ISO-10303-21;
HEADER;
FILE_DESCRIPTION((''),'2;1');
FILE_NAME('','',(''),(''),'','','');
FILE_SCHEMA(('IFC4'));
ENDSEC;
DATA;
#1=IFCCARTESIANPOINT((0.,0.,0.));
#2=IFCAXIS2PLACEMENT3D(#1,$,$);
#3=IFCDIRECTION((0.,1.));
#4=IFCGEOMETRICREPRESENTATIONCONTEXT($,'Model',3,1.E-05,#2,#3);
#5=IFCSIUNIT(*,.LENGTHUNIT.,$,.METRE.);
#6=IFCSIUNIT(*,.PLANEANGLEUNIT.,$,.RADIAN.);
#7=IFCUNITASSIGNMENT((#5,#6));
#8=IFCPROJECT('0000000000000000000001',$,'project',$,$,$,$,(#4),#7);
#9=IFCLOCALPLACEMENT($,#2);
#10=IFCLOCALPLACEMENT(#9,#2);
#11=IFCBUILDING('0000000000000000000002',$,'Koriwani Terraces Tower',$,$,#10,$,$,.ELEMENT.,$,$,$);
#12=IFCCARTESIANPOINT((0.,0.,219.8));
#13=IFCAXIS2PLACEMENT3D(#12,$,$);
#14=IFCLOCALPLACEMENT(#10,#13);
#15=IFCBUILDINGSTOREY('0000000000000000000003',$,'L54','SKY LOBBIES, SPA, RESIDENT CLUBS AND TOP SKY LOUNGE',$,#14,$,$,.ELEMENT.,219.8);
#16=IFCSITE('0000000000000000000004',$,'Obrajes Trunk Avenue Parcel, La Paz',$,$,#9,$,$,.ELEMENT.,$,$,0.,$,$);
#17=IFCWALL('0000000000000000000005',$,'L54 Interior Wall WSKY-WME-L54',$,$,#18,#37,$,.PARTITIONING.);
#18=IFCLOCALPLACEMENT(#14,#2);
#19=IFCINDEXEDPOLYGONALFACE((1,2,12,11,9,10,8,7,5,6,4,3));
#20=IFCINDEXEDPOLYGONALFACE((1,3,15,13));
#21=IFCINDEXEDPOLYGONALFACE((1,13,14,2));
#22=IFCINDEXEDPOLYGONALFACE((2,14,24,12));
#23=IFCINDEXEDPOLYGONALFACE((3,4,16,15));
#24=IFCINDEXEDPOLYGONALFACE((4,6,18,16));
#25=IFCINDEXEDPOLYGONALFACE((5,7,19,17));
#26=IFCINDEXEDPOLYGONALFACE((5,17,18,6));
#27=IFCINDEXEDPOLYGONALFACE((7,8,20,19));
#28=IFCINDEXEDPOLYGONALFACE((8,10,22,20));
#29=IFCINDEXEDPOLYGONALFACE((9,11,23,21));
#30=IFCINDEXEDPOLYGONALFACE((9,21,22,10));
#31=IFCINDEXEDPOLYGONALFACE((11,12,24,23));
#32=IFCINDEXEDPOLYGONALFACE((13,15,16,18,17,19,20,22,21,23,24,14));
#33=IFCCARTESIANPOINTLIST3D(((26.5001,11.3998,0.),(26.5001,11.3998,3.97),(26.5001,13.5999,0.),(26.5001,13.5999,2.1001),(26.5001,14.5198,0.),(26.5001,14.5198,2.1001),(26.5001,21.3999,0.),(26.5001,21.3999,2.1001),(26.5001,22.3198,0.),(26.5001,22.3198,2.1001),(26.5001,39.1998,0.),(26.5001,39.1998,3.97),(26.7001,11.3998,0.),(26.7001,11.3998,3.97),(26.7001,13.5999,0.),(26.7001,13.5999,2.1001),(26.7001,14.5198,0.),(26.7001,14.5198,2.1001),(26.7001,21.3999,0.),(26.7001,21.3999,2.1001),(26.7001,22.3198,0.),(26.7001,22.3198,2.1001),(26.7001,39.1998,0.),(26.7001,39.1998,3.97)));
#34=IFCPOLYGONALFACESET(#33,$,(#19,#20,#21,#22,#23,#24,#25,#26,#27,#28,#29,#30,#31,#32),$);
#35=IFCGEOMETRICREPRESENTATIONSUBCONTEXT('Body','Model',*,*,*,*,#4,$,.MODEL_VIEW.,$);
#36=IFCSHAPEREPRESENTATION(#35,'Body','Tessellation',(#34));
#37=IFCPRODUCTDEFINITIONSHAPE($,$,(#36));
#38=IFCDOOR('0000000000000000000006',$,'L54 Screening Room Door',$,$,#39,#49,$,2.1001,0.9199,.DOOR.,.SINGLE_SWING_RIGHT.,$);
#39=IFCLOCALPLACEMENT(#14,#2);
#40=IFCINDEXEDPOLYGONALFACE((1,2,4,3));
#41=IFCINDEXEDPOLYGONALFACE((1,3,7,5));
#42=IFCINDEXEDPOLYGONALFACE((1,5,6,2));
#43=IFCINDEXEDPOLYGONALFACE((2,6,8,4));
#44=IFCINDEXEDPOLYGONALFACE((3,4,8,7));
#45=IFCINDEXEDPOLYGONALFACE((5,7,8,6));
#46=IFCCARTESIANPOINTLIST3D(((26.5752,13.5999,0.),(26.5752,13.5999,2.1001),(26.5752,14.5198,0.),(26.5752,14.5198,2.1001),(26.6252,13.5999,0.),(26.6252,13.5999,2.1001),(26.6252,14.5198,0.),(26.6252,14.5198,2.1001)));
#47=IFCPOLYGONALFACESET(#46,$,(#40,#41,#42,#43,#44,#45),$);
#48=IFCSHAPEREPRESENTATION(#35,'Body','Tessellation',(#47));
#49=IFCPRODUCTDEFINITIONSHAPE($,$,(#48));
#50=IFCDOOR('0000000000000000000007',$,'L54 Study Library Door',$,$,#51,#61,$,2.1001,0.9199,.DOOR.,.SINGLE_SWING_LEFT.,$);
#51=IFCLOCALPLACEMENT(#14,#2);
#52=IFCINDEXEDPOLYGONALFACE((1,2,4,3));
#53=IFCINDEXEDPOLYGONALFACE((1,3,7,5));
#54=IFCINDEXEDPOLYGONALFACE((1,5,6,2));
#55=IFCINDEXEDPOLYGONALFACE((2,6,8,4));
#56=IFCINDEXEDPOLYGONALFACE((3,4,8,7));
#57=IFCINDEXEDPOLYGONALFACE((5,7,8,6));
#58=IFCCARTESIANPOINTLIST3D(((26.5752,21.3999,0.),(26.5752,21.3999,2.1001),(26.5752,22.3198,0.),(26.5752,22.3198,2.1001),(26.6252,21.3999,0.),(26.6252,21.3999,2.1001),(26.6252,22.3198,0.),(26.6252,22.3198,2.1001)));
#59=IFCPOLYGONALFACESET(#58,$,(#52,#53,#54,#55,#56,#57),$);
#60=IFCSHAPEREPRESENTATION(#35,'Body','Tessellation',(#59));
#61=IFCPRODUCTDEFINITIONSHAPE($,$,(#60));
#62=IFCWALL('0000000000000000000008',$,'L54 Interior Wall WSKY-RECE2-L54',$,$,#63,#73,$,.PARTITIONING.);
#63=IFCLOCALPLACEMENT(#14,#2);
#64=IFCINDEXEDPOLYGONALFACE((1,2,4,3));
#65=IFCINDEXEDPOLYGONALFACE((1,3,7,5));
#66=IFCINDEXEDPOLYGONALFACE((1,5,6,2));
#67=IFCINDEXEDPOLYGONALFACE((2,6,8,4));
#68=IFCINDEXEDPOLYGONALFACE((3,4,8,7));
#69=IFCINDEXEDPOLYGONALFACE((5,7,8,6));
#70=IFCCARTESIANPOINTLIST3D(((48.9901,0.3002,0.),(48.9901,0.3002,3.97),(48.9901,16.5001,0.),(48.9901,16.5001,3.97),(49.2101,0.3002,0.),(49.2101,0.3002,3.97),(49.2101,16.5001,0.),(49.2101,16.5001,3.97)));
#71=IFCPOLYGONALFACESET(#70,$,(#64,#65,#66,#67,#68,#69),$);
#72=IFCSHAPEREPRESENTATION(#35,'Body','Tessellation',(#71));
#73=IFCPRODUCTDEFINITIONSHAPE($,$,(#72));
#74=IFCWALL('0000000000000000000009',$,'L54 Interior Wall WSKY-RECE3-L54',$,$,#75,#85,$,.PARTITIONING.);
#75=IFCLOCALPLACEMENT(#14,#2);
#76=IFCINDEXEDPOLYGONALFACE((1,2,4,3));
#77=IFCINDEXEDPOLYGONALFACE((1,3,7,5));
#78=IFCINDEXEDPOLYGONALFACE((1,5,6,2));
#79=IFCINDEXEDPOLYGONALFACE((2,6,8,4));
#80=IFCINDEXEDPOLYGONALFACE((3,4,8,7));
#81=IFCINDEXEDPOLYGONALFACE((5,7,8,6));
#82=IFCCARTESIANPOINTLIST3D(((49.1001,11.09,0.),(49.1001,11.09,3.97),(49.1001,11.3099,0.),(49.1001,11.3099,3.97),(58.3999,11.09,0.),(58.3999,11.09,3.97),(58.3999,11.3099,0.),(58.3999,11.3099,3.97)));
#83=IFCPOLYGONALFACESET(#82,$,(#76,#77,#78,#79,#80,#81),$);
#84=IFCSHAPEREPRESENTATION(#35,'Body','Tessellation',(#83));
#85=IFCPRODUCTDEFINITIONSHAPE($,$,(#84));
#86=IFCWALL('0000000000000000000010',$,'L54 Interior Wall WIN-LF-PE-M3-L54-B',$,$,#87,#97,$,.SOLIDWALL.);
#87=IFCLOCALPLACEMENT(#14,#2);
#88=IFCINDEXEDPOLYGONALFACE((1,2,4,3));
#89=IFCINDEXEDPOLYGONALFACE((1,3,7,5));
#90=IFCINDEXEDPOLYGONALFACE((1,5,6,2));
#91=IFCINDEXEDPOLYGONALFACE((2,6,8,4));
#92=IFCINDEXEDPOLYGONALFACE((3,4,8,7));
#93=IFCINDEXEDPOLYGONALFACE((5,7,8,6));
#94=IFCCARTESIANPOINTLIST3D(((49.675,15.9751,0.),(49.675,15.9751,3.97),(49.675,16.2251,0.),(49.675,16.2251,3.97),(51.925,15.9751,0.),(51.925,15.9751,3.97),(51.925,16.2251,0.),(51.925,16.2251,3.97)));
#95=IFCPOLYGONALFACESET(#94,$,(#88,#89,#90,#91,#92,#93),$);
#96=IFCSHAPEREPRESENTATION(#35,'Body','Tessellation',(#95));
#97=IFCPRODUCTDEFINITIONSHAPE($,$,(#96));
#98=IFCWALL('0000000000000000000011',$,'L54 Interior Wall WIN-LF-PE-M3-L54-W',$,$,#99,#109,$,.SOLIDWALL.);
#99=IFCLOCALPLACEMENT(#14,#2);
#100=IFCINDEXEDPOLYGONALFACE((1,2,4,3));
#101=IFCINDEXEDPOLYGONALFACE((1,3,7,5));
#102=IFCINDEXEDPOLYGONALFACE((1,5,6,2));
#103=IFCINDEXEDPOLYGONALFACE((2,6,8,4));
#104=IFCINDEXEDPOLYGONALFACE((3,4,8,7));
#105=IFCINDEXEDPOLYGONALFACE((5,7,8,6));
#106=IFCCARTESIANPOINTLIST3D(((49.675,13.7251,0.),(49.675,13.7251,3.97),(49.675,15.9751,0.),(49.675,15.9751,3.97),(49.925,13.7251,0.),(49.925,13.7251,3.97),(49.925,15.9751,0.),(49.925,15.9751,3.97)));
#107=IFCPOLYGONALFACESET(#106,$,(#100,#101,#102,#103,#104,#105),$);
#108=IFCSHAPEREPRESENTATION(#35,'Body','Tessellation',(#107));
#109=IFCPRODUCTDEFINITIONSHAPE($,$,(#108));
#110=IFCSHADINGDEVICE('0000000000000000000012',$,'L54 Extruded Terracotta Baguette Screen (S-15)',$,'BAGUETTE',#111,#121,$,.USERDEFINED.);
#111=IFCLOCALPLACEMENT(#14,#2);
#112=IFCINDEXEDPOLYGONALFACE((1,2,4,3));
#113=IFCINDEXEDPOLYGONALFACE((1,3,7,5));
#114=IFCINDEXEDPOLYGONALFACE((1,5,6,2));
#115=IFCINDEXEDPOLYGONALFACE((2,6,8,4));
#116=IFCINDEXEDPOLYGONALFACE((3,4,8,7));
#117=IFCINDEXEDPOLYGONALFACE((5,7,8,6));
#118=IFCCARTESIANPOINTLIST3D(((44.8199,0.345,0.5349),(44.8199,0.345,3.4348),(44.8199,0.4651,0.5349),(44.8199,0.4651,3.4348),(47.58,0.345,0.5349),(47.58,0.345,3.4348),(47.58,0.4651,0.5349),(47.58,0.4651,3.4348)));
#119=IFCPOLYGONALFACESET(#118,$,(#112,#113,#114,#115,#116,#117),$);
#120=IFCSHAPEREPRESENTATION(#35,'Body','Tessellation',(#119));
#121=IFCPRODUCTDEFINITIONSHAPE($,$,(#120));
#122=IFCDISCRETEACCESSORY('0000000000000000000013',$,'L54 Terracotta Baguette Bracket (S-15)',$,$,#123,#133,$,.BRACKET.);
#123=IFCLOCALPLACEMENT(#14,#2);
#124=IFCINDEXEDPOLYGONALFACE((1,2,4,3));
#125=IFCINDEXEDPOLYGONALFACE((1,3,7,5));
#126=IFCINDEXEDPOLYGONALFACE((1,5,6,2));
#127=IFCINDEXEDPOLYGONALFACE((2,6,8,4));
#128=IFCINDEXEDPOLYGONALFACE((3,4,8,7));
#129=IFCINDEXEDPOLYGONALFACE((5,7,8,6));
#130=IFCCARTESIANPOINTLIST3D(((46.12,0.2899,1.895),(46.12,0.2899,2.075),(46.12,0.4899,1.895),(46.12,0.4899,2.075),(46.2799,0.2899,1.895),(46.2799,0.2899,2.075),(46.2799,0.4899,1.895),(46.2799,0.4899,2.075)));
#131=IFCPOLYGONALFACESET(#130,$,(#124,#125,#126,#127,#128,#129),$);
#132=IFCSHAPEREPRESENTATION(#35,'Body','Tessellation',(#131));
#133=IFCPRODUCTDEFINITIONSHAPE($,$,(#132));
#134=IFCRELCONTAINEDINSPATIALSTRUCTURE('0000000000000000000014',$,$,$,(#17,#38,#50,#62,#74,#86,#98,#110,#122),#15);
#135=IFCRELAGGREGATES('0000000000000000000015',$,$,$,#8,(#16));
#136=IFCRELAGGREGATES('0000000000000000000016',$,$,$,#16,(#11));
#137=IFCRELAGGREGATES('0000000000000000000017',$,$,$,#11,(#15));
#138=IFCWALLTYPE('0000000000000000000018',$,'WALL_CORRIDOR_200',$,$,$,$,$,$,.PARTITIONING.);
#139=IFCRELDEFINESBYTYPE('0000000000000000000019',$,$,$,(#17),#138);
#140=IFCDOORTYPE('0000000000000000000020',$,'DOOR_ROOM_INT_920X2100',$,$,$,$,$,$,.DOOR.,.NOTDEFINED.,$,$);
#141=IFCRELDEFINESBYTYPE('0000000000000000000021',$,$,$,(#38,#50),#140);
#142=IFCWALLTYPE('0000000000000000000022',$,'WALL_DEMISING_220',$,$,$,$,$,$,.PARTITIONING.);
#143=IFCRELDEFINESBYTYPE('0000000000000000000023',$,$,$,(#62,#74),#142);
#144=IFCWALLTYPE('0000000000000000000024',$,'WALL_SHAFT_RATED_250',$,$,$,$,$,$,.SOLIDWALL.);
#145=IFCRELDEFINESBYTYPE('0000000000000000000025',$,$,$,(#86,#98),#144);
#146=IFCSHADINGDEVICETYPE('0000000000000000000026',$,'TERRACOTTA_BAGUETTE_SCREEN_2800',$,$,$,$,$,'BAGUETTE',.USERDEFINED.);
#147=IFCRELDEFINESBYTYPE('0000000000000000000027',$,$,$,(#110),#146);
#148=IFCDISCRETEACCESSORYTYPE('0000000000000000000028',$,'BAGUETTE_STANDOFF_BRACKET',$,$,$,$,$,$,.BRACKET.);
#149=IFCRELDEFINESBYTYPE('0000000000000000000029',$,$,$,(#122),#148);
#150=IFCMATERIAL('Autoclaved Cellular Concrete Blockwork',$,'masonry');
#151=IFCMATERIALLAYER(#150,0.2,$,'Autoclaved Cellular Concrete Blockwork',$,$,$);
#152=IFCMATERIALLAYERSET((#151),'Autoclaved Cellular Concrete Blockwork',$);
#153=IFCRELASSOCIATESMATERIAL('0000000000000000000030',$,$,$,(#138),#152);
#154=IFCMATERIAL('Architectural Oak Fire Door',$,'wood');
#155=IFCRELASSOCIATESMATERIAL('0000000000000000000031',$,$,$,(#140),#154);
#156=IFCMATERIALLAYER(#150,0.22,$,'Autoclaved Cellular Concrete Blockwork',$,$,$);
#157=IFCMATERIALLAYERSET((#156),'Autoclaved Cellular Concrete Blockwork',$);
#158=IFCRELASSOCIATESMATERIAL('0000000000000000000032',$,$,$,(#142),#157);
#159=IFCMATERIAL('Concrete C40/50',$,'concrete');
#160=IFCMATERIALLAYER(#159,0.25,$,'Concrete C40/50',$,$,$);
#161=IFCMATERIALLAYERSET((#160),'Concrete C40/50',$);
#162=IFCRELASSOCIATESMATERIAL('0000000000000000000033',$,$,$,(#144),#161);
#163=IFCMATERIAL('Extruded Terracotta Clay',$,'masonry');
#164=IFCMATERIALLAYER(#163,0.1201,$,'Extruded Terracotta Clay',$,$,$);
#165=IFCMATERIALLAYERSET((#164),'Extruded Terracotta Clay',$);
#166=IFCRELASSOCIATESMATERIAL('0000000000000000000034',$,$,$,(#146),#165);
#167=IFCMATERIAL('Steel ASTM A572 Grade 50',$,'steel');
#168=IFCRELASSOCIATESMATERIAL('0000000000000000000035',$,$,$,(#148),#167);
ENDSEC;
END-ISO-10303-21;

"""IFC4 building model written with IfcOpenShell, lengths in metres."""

from ifc_helpers import new_model, si_unit, direction, frame, frame_2d, origin, origin_2d, place, context, subcontext, project, spatial, rectangle, extrude, material, layer, layer_set, type_object, element, fill, save


model = new_model("IFC4")

# Units and contexts
model_context = context("Model", 3, precision=1e-05, world=origin(), true_north=direction((0.0, 1.0)))
body_context = subcontext(model_context, "Body", "Model", "MODEL_VIEW")
ifc_project = project(units=[si_unit("LENGTHUNIT", "METRE"), si_unit("PLANEANGLEUNIT", "RADIAN")], contexts=[model_context])

# Site, building, storey
site_placement = place(None, origin())
site = spatial("IfcSite", under=ifc_project, at=site_placement, Name="Obrajes Trunk Avenue Parcel, La Paz", CompositionType="ELEMENT", RefElevation=0.0)
building_placement = place(site_placement, origin())
building = spatial("IfcBuilding", under=site, at=building_placement, Name="Koriwani Terraces Tower", CompositionType="ELEMENT")
storey_placement = place(building_placement, frame((0.0, 0.0, 219.8)))
storey = spatial("IfcBuildingStorey", under=building, at=storey_placement, Name="L54", Description="SKY LOBBIES, SPA, RESIDENT CLUBS AND TOP SKY LOUNGE", CompositionType="ELEMENT", Elevation=219.8)

# Shared definitions
ifc_material_1 = material(Name="Concrete C40/50", Category="concrete")
ifc_material_2 = material(Name="Steel ASTM A572 Grade 50", Category="steel")

# Shared definitions
ifc_material_3 = material(Name="Autoclaved Cellular Concrete Blockwork", Category="masonry")
ifc_layer_1 = layer(ifc_material_3, 0.2, Name="Autoclaved Cellular Concrete Blockwork")
ifc_layer_set_1 = layer_set([ifc_layer_1], Name="Autoclaved Cellular Concrete Blockwork")
wall_type_1 = type_object("IfcWallType", Name="WALL_CORRIDOR_200", PredefinedType="PARTITIONING", material=ifc_layer_set_1)
ifc_material_4 = material(Name="Architectural Oak Fire Door", Category="wood")
door_type_1 = type_object("IfcDoorType", Name="DOOR_ROOM_INT_920X2100", OperationType="NOTDEFINED", PredefinedType="DOOR", material=ifc_material_4)

# Wall, openings, doors
wall_1_placement = place(storey_placement, frame((26.6001, 11.3999, 0.0), z_axis=(0.0, 0.0, 1.0), x_axis=(0.0, 1.0, 0.0)))
wall_1 = element("IfcWall", 1, at=wall_1_placement, inside=storey, type_object=wall_type_1, Name="L54 Interior Wall WSKY-WME-L54", PredefinedType="PARTITIONING", context=body_context, shape_type="SweptSolid", body=[
    extrude(rectangle(XDim=27.8, YDim=0.2, at=frame_2d((13.8999, 0.0))), origin(), (0.0, 0.0, 1.0), 3.97),
])
opening_1_placement = place(wall_1_placement, frame((2.2, 0.0, 0.0)))
opening_1 = element("IfcOpeningElement", 2, at=opening_1_placement, cuts=wall_1, PredefinedType="OPENING", context=body_context, shape_type="SweptSolid", body=[
    extrude(rectangle(XDim=0.9199, YDim=2.1001, at=frame_2d((0.46, 1.05))), frame((0.0, 0.1099, 0.0), z_axis=(0.0, -1.0, 0.0), x_axis=(1.0, 0.0, 0.0)), (0.0, 0.0, 1.0), 0.22),
])
opening_2_placement = place(wall_1_placement, frame((10.0, 0.0, 0.0)))
opening_2 = element("IfcOpeningElement", 3, at=opening_2_placement, cuts=wall_1, PredefinedType="OPENING", context=body_context, shape_type="SweptSolid", body=[
    extrude(rectangle(XDim=0.9199, YDim=2.1001, at=frame_2d((0.46, 1.05))), frame((0.0, 0.1099, 0.0), z_axis=(0.0, -1.0, 0.0), x_axis=(1.0, 0.0, 0.0)), (0.0, 0.0, 1.0), 0.22),
])
door_1_placement = place(opening_1_placement, origin())
door_1 = element("IfcDoor", 4, at=door_1_placement, inside=storey, type_object=door_type_1, Name="L54 Screening Room Door", OperationType="SINGLE_SWING_RIGHT", OverallHeight=2.1001, OverallWidth=0.9199, PredefinedType="DOOR", context=body_context, shape_type="SweptSolid", body=[
    extrude(rectangle(XDim=0.9199, YDim=2.1001, at=frame_2d((0.46, 1.05))), frame((0.0, 0.0249, 0.0), z_axis=(0.0, -1.0, 0.0), x_axis=(1.0, 0.0, 0.0)), (0.0, 0.0, 1.0), 0.05),
])
fill(opening_1, door_1)
door_2_placement = place(opening_2_placement, origin())
door_2 = element("IfcDoor", 5, at=door_2_placement, inside=storey, type_object=door_type_1, Name="L54 Study Library Door", OperationType="SINGLE_SWING_LEFT", OverallHeight=2.1001, OverallWidth=0.9199, PredefinedType="DOOR", context=body_context, shape_type="SweptSolid", body=[
    extrude(rectangle(XDim=0.9199, YDim=2.1001, at=frame_2d((0.46, 1.05))), frame((0.0, 0.0249, 0.0), z_axis=(0.0, -1.0, 0.0), x_axis=(1.0, 0.0, 0.0)), (0.0, 0.0, 1.0), 0.05),
])
fill(opening_2, door_2)

# Walls
ifc_layer_2 = layer(ifc_material_3, 0.22, Name="Autoclaved Cellular Concrete Blockwork")
ifc_layer_set_2 = layer_set([ifc_layer_2], Name="Autoclaved Cellular Concrete Blockwork")
wall_type_2 = type_object("IfcWallType", Name="WALL_DEMISING_220", PredefinedType="PARTITIONING", material=ifc_layer_set_2)
wall_2_placement = place(storey_placement, frame((49.1001, 0.3, 0.0), z_axis=(0.0, 0.0, 1.0), x_axis=(0.0, 1.0, 0.0)))
element("IfcWall", 6, at=wall_2_placement, inside=storey, type_object=wall_type_2, Name="L54 Interior Wall WSKY-RECE2-L54", PredefinedType="PARTITIONING", context=body_context, shape_type="SweptSolid", body=[
    extrude(rectangle(XDim=16.2, YDim=0.22, at=frame_2d((8.1001, 0.0))), origin(), (0.0, 0.0, 1.0), 3.97),
])
wall_3_placement = place(storey_placement, frame((49.1001, 11.2, 0.0), z_axis=(0.0, 0.0, 1.0), x_axis=(1.0, 0.0, 0.0)))
element("IfcWall", 7, at=wall_3_placement, inside=storey, type_object=wall_type_2, Name="L54 Interior Wall WSKY-RECE3-L54", PredefinedType="PARTITIONING", context=body_context, shape_type="SweptSolid", body=[
    extrude(rectangle(XDim=9.2998, YDim=0.22, at=frame_2d((4.6499, 0.0))), origin(), (0.0, 0.0, 1.0), 3.97),
])

# Shared definitions
ifc_layer_3 = layer(ifc_material_1, 0.25, Name="Concrete C40/50")
ifc_layer_set_3 = layer_set([ifc_layer_3], Name="Concrete C40/50")
wall_type_3 = type_object("IfcWallType", Name="WALL_SHAFT_RATED_250", PredefinedType="SOLIDWALL", material=ifc_layer_set_3)

# Walls
for number, where, z_axis, x_axis, name in (
    (8, (49.675, 16.1001, 0.0), (0.0, 0.0, 1.0), (1.0, 0.0, 0.0), "L54 Interior Wall WIN-LF-PE-M3-L54-B"),
    (9, (49.8, 13.7251, 0.0), (0.0, 0.0, 1.0), (0.0, 1.0, 0.0), "L54 Interior Wall WIN-LF-PE-M3-L54-W"),
):
    element("IfcWall", number, at=place(storey_placement, frame(where, z_axis=z_axis, x_axis=x_axis)), inside=storey, type_object=wall_type_3, Name=name, PredefinedType="SOLIDWALL", context=body_context, shape_type="SweptSolid", body=[
        extrude(rectangle(XDim=2.25, YDim=0.25, at=frame_2d((1.125, 0.0))), origin(), (0.0, 0.0, 1.0), 3.97),
    ])

# Shading device
ifc_material_5 = material(Name="Extruded Terracotta Clay", Category="masonry")
ifc_layer_4 = layer(ifc_material_5, 0.1201, Name="Extruded Terracotta Clay")
ifc_layer_set_4 = layer_set([ifc_layer_4], Name="Extruded Terracotta Clay")
shading_device_type = type_object("IfcShadingDeviceType", Name="TERRACOTTA_BAGUETTE_SCREEN_2800", ElementType="BAGUETTE", PredefinedType="USERDEFINED", material=ifc_layer_set_4)
shading_device_placement = place(storey_placement, frame((46.2, 0.405, 0.5349), z_axis=(0.0, 0.0, 1.0), x_axis=(-1.0, 0.0, 0.0)))
element("IfcShadingDevice", 10, at=shading_device_placement, inside=storey, type_object=shading_device_type, Name="L54 Extruded Terracotta Baguette Screen (S-15)", ObjectType="BAGUETTE", PredefinedType="USERDEFINED", context=body_context, shape_type="SweptSolid", body=[
    extrude(rectangle(XDim=2.76, YDim=0.1201, at=origin_2d()), origin(), (0.0, 0.0, 1.0), 2.8999),
])

# Discrete accessory
discrete_accessory_type = type_object("IfcDiscreteAccessoryType", Name="BAGUETTE_STANDOFF_BRACKET", PredefinedType="BRACKET", material=ifc_material_2)
discrete_accessory_placement = place(storey_placement, frame((46.2, 0.3899, 1.895), z_axis=(0.0, 0.0, 1.0), x_axis=(-1.0, 0.0, 0.0)))
element("IfcDiscreteAccessory", 11, at=discrete_accessory_placement, inside=storey, type_object=discrete_accessory_type, Name="L54 Terracotta Baguette Bracket (S-15)", PredefinedType="BRACKET", context=body_context, shape_type="SweptSolid", body=[
    extrude(rectangle(XDim=0.1599, YDim=0.2, at=origin_2d()), origin(), (0.0, 0.0, 1.0), 0.1799),
])

save(model, "model.ifc")
